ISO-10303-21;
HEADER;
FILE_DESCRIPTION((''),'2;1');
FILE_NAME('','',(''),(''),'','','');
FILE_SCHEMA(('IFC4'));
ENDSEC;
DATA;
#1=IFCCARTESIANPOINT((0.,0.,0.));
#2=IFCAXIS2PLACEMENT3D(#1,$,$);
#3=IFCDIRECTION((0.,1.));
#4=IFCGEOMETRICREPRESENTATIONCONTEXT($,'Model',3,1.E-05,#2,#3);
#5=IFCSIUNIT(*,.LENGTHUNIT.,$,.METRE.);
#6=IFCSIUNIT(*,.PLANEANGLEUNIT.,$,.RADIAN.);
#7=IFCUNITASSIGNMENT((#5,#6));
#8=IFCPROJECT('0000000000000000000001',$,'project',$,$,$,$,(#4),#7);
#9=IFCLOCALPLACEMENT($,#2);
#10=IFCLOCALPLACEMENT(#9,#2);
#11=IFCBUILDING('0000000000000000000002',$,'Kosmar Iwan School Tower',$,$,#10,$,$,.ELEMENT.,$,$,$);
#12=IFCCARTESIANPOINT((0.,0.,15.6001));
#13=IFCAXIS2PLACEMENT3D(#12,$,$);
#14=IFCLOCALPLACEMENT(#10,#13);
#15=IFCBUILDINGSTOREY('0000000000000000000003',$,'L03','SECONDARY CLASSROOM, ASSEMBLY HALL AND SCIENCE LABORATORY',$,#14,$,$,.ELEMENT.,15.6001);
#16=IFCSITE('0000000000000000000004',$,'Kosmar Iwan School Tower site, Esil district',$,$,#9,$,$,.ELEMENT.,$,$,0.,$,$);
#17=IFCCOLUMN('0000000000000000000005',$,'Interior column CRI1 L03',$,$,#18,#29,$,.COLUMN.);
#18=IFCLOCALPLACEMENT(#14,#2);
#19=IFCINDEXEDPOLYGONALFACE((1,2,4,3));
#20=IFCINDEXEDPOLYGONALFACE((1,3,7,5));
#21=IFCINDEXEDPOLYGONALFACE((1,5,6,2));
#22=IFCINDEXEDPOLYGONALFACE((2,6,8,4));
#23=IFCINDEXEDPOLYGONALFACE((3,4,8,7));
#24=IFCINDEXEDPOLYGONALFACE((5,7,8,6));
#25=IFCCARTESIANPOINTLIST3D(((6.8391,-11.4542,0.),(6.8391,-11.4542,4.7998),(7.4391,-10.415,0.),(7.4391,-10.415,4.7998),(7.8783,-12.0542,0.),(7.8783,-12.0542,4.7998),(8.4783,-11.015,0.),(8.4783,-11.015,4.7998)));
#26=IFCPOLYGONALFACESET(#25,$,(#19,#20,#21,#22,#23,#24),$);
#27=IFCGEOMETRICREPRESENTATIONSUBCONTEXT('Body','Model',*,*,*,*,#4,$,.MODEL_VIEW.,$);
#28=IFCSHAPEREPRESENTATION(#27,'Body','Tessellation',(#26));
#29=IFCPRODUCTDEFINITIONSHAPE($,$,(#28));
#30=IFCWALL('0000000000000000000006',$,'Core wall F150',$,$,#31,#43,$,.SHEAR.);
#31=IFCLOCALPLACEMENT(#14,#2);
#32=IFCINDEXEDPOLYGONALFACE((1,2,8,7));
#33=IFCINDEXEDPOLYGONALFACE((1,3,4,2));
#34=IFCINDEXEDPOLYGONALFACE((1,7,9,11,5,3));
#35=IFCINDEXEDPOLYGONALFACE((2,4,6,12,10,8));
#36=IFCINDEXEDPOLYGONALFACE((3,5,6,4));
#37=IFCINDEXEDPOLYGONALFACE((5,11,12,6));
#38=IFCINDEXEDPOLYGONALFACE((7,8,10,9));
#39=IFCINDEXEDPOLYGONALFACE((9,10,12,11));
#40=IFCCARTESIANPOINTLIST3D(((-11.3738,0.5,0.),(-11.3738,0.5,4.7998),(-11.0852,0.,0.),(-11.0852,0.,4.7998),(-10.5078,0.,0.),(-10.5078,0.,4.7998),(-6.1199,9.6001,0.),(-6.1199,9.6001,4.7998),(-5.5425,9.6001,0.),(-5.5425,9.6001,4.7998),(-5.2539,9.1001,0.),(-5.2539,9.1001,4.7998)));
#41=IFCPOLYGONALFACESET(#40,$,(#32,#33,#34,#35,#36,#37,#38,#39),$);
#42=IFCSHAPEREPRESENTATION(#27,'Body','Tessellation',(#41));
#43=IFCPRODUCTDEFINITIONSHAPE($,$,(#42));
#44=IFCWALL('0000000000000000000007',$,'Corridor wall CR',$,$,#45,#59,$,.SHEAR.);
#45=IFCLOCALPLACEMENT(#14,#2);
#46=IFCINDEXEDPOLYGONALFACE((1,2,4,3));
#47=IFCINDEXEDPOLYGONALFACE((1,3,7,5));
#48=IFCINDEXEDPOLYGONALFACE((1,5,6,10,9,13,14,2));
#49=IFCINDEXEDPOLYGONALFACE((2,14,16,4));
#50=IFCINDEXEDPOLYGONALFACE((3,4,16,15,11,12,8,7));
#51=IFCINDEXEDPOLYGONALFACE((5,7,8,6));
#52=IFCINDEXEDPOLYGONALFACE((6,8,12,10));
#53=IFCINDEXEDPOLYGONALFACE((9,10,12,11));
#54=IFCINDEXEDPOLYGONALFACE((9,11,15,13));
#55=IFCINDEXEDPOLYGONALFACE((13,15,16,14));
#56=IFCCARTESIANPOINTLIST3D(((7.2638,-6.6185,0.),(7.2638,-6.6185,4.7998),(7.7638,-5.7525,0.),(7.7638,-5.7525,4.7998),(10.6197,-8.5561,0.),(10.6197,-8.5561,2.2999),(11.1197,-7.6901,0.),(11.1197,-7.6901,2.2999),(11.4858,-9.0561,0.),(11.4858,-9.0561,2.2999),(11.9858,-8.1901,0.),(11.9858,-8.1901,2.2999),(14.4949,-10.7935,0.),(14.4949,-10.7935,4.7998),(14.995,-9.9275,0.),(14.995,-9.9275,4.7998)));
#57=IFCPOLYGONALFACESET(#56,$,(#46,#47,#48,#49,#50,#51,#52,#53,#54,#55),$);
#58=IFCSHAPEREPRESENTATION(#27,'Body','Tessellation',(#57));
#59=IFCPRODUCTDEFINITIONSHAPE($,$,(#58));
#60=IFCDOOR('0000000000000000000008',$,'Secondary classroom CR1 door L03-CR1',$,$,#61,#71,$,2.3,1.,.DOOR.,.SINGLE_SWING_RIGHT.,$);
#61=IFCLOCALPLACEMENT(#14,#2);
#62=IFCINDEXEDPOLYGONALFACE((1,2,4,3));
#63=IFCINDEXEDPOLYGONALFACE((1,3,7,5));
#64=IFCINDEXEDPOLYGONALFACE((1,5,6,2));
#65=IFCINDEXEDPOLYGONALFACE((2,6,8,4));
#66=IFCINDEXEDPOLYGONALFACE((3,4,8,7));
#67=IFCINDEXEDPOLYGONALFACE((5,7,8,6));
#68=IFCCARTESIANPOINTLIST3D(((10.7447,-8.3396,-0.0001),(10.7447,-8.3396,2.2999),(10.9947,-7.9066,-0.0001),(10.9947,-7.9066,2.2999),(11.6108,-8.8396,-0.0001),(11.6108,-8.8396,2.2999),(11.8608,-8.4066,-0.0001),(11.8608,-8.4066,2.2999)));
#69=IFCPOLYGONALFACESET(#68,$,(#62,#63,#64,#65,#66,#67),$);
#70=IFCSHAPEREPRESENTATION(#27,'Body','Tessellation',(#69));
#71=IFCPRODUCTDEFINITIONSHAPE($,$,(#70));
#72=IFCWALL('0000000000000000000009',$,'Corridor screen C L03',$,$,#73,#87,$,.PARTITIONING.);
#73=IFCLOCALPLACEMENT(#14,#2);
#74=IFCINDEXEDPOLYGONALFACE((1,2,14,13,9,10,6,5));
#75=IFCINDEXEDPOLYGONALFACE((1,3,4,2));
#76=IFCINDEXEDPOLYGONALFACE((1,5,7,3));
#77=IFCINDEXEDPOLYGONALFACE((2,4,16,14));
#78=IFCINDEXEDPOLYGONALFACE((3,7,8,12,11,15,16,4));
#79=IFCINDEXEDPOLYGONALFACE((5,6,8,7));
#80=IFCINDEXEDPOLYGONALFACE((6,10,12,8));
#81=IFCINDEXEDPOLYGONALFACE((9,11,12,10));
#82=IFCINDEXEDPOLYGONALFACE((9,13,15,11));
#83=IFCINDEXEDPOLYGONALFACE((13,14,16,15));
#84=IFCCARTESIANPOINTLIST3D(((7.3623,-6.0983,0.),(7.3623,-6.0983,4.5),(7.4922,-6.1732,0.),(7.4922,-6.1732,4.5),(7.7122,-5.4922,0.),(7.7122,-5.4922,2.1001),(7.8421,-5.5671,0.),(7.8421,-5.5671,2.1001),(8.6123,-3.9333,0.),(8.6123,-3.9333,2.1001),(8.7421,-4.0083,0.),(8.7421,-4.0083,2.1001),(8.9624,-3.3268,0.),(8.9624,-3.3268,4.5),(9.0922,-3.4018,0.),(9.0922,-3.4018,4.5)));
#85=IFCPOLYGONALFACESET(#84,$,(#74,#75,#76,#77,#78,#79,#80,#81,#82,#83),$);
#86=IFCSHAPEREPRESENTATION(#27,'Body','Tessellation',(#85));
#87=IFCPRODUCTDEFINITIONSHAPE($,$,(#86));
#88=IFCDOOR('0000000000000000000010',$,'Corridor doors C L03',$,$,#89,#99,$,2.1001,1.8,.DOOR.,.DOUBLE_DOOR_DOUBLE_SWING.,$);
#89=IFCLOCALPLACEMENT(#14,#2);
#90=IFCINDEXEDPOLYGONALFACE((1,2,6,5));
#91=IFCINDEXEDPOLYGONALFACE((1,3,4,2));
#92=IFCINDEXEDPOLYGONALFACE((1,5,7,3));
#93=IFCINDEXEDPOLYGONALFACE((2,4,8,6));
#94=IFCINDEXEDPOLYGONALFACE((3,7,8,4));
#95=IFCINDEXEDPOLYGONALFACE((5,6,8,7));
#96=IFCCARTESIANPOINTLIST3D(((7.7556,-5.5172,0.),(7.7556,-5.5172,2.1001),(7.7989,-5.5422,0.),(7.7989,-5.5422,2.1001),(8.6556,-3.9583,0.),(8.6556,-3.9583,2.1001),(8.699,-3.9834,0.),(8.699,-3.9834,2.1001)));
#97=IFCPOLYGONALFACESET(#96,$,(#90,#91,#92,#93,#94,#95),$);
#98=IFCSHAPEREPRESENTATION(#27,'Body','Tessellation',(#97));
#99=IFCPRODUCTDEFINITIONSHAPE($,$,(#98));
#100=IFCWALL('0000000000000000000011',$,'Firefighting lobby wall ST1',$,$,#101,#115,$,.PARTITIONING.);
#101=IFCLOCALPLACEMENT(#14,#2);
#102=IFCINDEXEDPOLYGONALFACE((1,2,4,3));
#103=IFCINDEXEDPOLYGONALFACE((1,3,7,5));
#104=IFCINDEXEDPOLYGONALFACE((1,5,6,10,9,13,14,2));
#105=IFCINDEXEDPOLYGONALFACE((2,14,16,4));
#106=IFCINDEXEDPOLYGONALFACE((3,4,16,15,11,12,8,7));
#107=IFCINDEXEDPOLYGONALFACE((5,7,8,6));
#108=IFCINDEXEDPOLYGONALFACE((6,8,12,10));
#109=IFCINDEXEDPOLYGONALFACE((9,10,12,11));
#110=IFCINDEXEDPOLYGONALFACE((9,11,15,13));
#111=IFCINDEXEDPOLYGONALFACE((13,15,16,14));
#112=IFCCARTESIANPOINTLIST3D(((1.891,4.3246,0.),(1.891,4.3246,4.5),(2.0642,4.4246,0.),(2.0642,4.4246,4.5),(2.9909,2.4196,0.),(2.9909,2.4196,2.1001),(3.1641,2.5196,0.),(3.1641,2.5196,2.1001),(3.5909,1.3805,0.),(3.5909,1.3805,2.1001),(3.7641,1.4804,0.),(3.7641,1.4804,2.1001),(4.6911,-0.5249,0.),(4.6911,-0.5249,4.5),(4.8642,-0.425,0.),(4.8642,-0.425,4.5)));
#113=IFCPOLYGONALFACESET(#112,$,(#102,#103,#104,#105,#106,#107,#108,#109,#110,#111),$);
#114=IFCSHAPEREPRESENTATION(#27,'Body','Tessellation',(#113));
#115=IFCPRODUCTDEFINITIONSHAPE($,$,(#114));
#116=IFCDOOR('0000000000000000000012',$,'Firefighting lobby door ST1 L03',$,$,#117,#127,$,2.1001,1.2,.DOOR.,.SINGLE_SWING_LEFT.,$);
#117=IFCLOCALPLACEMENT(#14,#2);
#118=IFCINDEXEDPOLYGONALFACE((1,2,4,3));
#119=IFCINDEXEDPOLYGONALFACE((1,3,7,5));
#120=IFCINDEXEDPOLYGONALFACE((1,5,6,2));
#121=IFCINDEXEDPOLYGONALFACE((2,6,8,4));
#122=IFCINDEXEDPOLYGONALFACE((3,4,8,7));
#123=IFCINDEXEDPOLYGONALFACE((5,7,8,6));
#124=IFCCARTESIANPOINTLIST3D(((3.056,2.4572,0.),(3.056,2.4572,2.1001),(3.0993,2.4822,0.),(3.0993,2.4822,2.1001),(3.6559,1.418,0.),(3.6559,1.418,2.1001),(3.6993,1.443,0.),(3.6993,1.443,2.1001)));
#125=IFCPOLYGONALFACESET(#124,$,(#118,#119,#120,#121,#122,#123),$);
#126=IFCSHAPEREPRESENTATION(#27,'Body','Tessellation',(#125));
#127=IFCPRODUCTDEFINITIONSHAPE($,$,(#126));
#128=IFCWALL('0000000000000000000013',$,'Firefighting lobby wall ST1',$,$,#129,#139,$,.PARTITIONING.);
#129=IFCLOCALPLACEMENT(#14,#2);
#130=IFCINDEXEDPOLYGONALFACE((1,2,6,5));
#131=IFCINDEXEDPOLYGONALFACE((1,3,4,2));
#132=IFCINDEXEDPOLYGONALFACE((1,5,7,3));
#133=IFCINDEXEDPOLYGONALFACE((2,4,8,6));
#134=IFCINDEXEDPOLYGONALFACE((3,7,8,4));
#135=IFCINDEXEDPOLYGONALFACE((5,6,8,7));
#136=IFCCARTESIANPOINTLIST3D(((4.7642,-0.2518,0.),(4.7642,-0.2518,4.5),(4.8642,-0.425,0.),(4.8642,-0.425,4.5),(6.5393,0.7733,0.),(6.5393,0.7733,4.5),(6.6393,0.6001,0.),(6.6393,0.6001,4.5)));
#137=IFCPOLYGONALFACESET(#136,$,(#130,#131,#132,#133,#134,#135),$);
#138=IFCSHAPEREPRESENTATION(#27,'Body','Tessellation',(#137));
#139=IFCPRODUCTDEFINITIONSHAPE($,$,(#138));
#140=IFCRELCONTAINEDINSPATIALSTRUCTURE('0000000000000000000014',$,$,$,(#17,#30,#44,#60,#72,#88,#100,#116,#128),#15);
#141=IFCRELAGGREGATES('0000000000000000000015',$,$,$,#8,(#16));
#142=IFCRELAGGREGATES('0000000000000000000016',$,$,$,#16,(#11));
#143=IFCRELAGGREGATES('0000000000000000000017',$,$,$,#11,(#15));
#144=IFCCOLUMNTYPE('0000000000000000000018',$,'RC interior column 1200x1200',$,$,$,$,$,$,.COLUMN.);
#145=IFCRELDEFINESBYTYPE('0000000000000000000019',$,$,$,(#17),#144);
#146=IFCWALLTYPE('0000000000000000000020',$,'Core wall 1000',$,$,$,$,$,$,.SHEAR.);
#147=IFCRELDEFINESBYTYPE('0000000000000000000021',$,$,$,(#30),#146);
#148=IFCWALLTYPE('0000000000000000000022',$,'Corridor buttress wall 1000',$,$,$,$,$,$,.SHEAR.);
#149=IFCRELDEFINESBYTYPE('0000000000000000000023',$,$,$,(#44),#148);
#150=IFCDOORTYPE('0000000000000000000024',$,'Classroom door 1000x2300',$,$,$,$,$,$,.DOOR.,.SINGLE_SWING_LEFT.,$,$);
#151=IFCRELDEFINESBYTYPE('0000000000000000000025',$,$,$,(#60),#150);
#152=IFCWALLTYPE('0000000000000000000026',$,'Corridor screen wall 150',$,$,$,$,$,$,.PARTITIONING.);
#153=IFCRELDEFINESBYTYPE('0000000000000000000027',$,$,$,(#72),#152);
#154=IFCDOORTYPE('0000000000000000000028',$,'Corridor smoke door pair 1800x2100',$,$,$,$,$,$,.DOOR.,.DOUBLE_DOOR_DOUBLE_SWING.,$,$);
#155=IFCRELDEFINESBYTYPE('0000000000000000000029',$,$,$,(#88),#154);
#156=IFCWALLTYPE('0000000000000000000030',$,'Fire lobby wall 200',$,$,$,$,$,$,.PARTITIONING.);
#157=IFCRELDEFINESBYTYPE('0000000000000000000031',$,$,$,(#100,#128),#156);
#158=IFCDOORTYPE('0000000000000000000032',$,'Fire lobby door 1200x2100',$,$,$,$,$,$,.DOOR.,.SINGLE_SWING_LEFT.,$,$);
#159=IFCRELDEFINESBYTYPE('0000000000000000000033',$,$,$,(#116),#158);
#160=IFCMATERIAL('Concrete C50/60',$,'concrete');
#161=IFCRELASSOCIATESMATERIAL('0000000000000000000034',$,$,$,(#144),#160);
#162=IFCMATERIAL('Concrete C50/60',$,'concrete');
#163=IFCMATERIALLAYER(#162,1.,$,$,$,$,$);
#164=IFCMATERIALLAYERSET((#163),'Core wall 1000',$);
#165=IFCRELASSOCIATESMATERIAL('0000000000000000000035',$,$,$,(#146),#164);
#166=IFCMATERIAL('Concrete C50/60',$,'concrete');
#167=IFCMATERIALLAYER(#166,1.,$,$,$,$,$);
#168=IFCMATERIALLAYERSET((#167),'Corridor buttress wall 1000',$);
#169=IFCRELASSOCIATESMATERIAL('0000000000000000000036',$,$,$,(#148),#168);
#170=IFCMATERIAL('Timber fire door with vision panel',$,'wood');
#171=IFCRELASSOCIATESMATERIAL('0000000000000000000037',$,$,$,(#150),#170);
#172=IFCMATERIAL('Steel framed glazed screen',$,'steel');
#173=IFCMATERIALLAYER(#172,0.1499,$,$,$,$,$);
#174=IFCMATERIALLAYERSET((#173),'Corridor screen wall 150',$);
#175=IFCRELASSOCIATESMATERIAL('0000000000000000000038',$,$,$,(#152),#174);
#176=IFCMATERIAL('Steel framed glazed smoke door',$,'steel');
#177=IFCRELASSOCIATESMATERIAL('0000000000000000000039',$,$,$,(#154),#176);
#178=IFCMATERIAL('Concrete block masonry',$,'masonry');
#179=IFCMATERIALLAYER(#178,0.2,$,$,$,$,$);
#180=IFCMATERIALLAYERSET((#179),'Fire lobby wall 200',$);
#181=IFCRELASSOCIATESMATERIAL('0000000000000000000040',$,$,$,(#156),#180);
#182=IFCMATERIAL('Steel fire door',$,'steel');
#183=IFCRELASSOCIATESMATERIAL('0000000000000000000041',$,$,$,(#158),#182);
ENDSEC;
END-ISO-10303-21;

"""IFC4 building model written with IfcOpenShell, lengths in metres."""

from ifc_helpers import new_model, si_unit, direction, frame, frame_2d, origin, origin_2d, place, context, subcontext, project, spatial, polyline, rectangle, outline, extrude, material, layer, layer_set, material_profile, profile_set, type_object, element, fill, save


model = new_model("IFC4")

# Units and contexts
model_context = context("Model", 3, precision=1e-05, world=origin(), true_north=direction((0.0, 1.0)))
body_context = subcontext(model_context, "Body", "Model", "MODEL_VIEW")
ifc_project = project(units=[si_unit("LENGTHUNIT", "METRE"), si_unit("PLANEANGLEUNIT", "RADIAN")], contexts=[model_context])

# Site, building, storey
site_placement = place(None, origin())
site = spatial("IfcSite", under=ifc_project, at=site_placement, Name="Kosmar Iwan School Tower site, Esil district", CompositionType="ELEMENT", RefElevation=0.0)
building_placement = place(site_placement, origin())
building = spatial("IfcBuilding", under=site, at=building_placement, Name="Kosmar Iwan School Tower", CompositionType="ELEMENT")
storey_placement = place(building_placement, frame((0.0, 0.0, 15.6001)))
storey = spatial("IfcBuildingStorey", under=building, at=storey_placement, Name="L03", Description="SECONDARY CLASSROOM, ASSEMBLY HALL AND SCIENCE LABORATORY", CompositionType="ELEMENT", Elevation=15.6001)

# Column
ifc_material_1 = material(Name="Concrete C50/60", Category="concrete")
ifc_material_profile = material_profile(ifc_material_1, rectangle(XDim=1.2, YDim=1.2, at=origin_2d()), Name="RC 1200x1200")
ifc_profile_set = profile_set([ifc_material_profile], Name="Concrete C50/60")
column_type = type_object("IfcColumnType", Name="RC interior column 1200x1200", PredefinedType="COLUMN", material=ifc_profile_set)
column_placement = place(storey_placement, frame((7.6587, -11.2346, 0.0), z_axis=(0.0, 0.0, 1.0), x_axis=(0.866025, -0.5, 0.0)))
element("IfcColumn", 1, at=column_placement, inside=storey, type_object=column_type, Name="Interior column CRI1 L03", PredefinedType="COLUMN", context=body_context, shape_type="SweptSolid", body=[
    extrude(rectangle(XDim=1.2, YDim=1.2, at=origin_2d()), origin(), (0.0, 0.0, 1.0), 4.7998),
])

# Wall
ifc_material_2 = material(Name="Concrete C50/60", Category="concrete")
ifc_layer_1 = layer(ifc_material_2, 1.0)
ifc_layer_set_1 = layer_set([ifc_layer_1], Name="Core wall 1000")
wall_type_1 = type_object("IfcWallType", Name="Core wall 1000", PredefinedType="SHEAR", material=ifc_layer_set_1)
wall_1_placement = place(storey_placement, origin())
element("IfcWall", 2, at=wall_1_placement, inside=storey, type_object=wall_type_1, Name="Core wall F150", PredefinedType="SHEAR", context=body_context, shape_type="SweptSolid", body=[
    extrude(outline(polyline([(-11.0852, 0.0), (-10.5078, 0.0), (-5.2539, 9.1001), (-5.5425, 9.6001), (-6.1199, 9.6001), (-11.3738, 0.5), (-11.0852, 0.0)])), origin(), (0.0, 0.0, 1.0), 4.7998),
])

# Walls, openings, doors
ifc_material_3 = material(Name="Concrete C50/60", Category="concrete")
ifc_layer_2 = layer(ifc_material_3, 1.0)
ifc_layer_set_2 = layer_set([ifc_layer_2], Name="Corridor buttress wall 1000")
wall_type_2 = type_object("IfcWallType", Name="Corridor buttress wall 1000", PredefinedType="SHEAR", material=ifc_layer_set_2)
wall_2_placement = place(storey_placement, frame((7.5139, -6.1855, 0.0), z_axis=(0.0, 0.0, 1.0), x_axis=(0.86602, -0.50001, 0.0)))
wall_2 = element("IfcWall", 3, at=wall_2_placement, inside=storey, type_object=wall_type_2, Name="Corridor wall CR", PredefinedType="SHEAR", context=body_context, shape_type="SweptSolid", body=[
    extrude(rectangle(XDim=8.3499, YDim=1.0, at=frame_2d((4.1748, 0.0))), origin(), (0.0, 0.0, 1.0), 4.7998),
])
opening_1_placement = place(wall_2_placement, frame((3.875, 0.0, 0.0)))
opening_1 = element("IfcOpeningElement", 4, at=opening_1_placement, cuts=wall_2, PredefinedType="OPENING", context=body_context, shape_type="SweptSolid", body=[
    extrude(rectangle(XDim=1.0, YDim=2.3, at=frame_2d((0.5, 1.1499))), frame((0.0, 0.512, 0.0), z_axis=(0.0, -1.0, 0.0), x_axis=(1.0, 0.0, 0.0)), (0.0, 0.0, 1.0), 1.0239),
])
ifc_material_4 = material(Name="Timber fire door with vision panel", Category="wood")
door_type_1 = type_object("IfcDoorType", Name="Classroom door 1000x2300", OperationType="SINGLE_SWING_LEFT", PredefinedType="DOOR", material=ifc_material_4)
door_1_placement = place(opening_1_placement, origin())
door_1 = element("IfcDoor", 5, at=door_1_placement, inside=storey, type_object=door_type_1, Name="Secondary classroom CR1 door L03-CR1", OperationType="SINGLE_SWING_RIGHT", OverallHeight=2.3, OverallWidth=1.0, PredefinedType="DOOR", context=body_context, shape_type="SweptSolid", body=[
    extrude(rectangle(XDim=1.0, YDim=2.3, at=frame_2d((0.5, 1.1499))), frame((0.0, 0.25, 0.0), z_axis=(0.0, -1.0, 0.0), x_axis=(1.0, 0.0, 0.0)), (0.0, 0.0, 1.0), 0.5),
])
fill(opening_1, door_1)
ifc_material_5 = material(Name="Steel framed glazed screen", Category="steel")
ifc_layer_3 = layer(ifc_material_5, 0.1499)
ifc_layer_set_3 = layer_set([ifc_layer_3], Name="Corridor screen wall 150")
wall_type_3 = type_object("IfcWallType", Name="Corridor screen wall 150", PredefinedType="PARTITIONING", material=ifc_layer_set_3)
wall_3_placement = place(storey_placement, frame((7.4272, -6.1357, 0.0), z_axis=(0.0, 0.0, 1.0), x_axis=(0.499995, 0.866028, 0.0)))
wall_3 = element("IfcWall", 6, at=wall_3_placement, inside=storey, type_object=wall_type_3, Name="Corridor screen C L03", PredefinedType="PARTITIONING", context=body_context, shape_type="SweptSolid", body=[
    extrude(rectangle(XDim=3.2002, YDim=0.1499, at=frame_2d((1.6001, 0.0))), origin(), (0.0, 0.0, 1.0), 4.5),
])
opening_2_placement = place(wall_3_placement, frame((0.7, 0.0, 0.0)))
opening_2 = element("IfcOpeningElement", 7, at=opening_2_placement, cuts=wall_3, PredefinedType="OPENING", context=body_context, shape_type="SweptSolid", body=[
    extrude(rectangle(XDim=1.8, YDim=2.1001, at=frame_2d((0.8999, 1.05))), frame((0.0, 0.0869, 0.0), z_axis=(0.0, -1.0, 0.0), x_axis=(1.0, 0.0, 0.0)), (0.0, 0.0, 1.0), 0.1738),
])
ifc_material_6 = material(Name="Steel framed glazed smoke door", Category="steel")
door_type_2 = type_object("IfcDoorType", Name="Corridor smoke door pair 1800x2100", OperationType="DOUBLE_DOOR_DOUBLE_SWING", PredefinedType="DOOR", material=ifc_material_6)
door_2_placement = place(opening_2_placement, origin())
door_2 = element("IfcDoor", 8, at=door_2_placement, inside=storey, type_object=door_type_2, Name="Corridor doors C L03", OperationType="DOUBLE_DOOR_DOUBLE_SWING", OverallHeight=2.1001, OverallWidth=1.8, PredefinedType="DOOR", context=body_context, shape_type="SweptSolid", body=[
    extrude(rectangle(XDim=1.8, YDim=2.1001, at=frame_2d((0.8999, 1.05))), frame((0.0, 0.0249, 0.0), z_axis=(0.0, -1.0, 0.0), x_axis=(1.0, 0.0, 0.0)), (0.0, 0.0, 1.0), 0.05),
])
fill(opening_2, door_2)
ifc_material_7 = material(Name="Concrete block masonry", Category="masonry")
ifc_layer_4 = layer(ifc_material_7, 0.2)
ifc_layer_set_4 = layer_set([ifc_layer_4], Name="Fire lobby wall 200")
wall_type_4 = type_object("IfcWallType", Name="Fire lobby wall 200", PredefinedType="PARTITIONING", material=ifc_layer_set_4)
wall_4_placement = place(storey_placement, frame((4.7776, -0.4749, 0.0), z_axis=(0.0, 0.0, 1.0), x_axis=(-0.500017, 0.866016, 0.0)))
wall_4 = element("IfcWall", 9, at=wall_4_placement, inside=storey, type_object=wall_type_4, Name="Firefighting lobby wall ST1", PredefinedType="PARTITIONING", context=body_context, shape_type="SweptSolid", body=[
    extrude(rectangle(XDim=5.5999, YDim=0.2, at=frame_2d((2.7998, 0.0))), origin(), (0.0, 0.0, 1.0), 4.5),
])
opening_3_placement = place(wall_4_placement, frame((2.2, 0.0, 0.0)))
opening_3 = element("IfcOpeningElement", 10, at=opening_3_placement, cuts=wall_4, PredefinedType="OPENING", context=body_context, shape_type="SweptSolid", body=[
    extrude(rectangle(XDim=1.2, YDim=2.1001, at=frame_2d((0.6001, 1.05))), frame((0.0, 0.1121, 0.0), z_axis=(0.0, -1.0, 0.0), x_axis=(1.0, 0.0, 0.0)), (0.0, 0.0, 1.0), 0.2239),
])
ifc_material_8 = material(Name="Steel fire door", Category="steel")
door_type_3 = type_object("IfcDoorType", Name="Fire lobby door 1200x2100", OperationType="SINGLE_SWING_LEFT", PredefinedType="DOOR", material=ifc_material_8)
door_3_placement = place(opening_3_placement, origin())
door_3 = element("IfcDoor", 11, at=door_3_placement, inside=storey, type_object=door_type_3, Name="Firefighting lobby door ST1 L03", OperationType="SINGLE_SWING_LEFT", OverallHeight=2.1001, OverallWidth=1.2, PredefinedType="DOOR", context=body_context, shape_type="SweptSolid", body=[
    extrude(rectangle(XDim=1.2, YDim=2.1001, at=frame_2d((0.6001, 1.05))), frame((0.0, 0.0249, 0.0), z_axis=(0.0, -1.0, 0.0), x_axis=(1.0, 0.0, 0.0)), (0.0, 0.0, 1.0), 0.05),
])
fill(opening_3, door_3)

# Wall
wall_5_placement = place(storey_placement, frame((4.8142, -0.3384, 0.0), z_axis=(0.0, 0.0, 1.0), x_axis=(0.865969, 0.500097, 0.0)))
element("IfcWall", 12, at=wall_5_placement, inside=storey, type_object=wall_type_4, Name="Firefighting lobby wall ST1", PredefinedType="PARTITIONING", context=body_context, shape_type="SweptSolid", body=[
    extrude(rectangle(XDim=2.0498, YDim=0.2, at=frame_2d((1.0249, 0.0))), origin(), (0.0, 0.0, 1.0), 4.5),
])

save(model, "model.ifc")
